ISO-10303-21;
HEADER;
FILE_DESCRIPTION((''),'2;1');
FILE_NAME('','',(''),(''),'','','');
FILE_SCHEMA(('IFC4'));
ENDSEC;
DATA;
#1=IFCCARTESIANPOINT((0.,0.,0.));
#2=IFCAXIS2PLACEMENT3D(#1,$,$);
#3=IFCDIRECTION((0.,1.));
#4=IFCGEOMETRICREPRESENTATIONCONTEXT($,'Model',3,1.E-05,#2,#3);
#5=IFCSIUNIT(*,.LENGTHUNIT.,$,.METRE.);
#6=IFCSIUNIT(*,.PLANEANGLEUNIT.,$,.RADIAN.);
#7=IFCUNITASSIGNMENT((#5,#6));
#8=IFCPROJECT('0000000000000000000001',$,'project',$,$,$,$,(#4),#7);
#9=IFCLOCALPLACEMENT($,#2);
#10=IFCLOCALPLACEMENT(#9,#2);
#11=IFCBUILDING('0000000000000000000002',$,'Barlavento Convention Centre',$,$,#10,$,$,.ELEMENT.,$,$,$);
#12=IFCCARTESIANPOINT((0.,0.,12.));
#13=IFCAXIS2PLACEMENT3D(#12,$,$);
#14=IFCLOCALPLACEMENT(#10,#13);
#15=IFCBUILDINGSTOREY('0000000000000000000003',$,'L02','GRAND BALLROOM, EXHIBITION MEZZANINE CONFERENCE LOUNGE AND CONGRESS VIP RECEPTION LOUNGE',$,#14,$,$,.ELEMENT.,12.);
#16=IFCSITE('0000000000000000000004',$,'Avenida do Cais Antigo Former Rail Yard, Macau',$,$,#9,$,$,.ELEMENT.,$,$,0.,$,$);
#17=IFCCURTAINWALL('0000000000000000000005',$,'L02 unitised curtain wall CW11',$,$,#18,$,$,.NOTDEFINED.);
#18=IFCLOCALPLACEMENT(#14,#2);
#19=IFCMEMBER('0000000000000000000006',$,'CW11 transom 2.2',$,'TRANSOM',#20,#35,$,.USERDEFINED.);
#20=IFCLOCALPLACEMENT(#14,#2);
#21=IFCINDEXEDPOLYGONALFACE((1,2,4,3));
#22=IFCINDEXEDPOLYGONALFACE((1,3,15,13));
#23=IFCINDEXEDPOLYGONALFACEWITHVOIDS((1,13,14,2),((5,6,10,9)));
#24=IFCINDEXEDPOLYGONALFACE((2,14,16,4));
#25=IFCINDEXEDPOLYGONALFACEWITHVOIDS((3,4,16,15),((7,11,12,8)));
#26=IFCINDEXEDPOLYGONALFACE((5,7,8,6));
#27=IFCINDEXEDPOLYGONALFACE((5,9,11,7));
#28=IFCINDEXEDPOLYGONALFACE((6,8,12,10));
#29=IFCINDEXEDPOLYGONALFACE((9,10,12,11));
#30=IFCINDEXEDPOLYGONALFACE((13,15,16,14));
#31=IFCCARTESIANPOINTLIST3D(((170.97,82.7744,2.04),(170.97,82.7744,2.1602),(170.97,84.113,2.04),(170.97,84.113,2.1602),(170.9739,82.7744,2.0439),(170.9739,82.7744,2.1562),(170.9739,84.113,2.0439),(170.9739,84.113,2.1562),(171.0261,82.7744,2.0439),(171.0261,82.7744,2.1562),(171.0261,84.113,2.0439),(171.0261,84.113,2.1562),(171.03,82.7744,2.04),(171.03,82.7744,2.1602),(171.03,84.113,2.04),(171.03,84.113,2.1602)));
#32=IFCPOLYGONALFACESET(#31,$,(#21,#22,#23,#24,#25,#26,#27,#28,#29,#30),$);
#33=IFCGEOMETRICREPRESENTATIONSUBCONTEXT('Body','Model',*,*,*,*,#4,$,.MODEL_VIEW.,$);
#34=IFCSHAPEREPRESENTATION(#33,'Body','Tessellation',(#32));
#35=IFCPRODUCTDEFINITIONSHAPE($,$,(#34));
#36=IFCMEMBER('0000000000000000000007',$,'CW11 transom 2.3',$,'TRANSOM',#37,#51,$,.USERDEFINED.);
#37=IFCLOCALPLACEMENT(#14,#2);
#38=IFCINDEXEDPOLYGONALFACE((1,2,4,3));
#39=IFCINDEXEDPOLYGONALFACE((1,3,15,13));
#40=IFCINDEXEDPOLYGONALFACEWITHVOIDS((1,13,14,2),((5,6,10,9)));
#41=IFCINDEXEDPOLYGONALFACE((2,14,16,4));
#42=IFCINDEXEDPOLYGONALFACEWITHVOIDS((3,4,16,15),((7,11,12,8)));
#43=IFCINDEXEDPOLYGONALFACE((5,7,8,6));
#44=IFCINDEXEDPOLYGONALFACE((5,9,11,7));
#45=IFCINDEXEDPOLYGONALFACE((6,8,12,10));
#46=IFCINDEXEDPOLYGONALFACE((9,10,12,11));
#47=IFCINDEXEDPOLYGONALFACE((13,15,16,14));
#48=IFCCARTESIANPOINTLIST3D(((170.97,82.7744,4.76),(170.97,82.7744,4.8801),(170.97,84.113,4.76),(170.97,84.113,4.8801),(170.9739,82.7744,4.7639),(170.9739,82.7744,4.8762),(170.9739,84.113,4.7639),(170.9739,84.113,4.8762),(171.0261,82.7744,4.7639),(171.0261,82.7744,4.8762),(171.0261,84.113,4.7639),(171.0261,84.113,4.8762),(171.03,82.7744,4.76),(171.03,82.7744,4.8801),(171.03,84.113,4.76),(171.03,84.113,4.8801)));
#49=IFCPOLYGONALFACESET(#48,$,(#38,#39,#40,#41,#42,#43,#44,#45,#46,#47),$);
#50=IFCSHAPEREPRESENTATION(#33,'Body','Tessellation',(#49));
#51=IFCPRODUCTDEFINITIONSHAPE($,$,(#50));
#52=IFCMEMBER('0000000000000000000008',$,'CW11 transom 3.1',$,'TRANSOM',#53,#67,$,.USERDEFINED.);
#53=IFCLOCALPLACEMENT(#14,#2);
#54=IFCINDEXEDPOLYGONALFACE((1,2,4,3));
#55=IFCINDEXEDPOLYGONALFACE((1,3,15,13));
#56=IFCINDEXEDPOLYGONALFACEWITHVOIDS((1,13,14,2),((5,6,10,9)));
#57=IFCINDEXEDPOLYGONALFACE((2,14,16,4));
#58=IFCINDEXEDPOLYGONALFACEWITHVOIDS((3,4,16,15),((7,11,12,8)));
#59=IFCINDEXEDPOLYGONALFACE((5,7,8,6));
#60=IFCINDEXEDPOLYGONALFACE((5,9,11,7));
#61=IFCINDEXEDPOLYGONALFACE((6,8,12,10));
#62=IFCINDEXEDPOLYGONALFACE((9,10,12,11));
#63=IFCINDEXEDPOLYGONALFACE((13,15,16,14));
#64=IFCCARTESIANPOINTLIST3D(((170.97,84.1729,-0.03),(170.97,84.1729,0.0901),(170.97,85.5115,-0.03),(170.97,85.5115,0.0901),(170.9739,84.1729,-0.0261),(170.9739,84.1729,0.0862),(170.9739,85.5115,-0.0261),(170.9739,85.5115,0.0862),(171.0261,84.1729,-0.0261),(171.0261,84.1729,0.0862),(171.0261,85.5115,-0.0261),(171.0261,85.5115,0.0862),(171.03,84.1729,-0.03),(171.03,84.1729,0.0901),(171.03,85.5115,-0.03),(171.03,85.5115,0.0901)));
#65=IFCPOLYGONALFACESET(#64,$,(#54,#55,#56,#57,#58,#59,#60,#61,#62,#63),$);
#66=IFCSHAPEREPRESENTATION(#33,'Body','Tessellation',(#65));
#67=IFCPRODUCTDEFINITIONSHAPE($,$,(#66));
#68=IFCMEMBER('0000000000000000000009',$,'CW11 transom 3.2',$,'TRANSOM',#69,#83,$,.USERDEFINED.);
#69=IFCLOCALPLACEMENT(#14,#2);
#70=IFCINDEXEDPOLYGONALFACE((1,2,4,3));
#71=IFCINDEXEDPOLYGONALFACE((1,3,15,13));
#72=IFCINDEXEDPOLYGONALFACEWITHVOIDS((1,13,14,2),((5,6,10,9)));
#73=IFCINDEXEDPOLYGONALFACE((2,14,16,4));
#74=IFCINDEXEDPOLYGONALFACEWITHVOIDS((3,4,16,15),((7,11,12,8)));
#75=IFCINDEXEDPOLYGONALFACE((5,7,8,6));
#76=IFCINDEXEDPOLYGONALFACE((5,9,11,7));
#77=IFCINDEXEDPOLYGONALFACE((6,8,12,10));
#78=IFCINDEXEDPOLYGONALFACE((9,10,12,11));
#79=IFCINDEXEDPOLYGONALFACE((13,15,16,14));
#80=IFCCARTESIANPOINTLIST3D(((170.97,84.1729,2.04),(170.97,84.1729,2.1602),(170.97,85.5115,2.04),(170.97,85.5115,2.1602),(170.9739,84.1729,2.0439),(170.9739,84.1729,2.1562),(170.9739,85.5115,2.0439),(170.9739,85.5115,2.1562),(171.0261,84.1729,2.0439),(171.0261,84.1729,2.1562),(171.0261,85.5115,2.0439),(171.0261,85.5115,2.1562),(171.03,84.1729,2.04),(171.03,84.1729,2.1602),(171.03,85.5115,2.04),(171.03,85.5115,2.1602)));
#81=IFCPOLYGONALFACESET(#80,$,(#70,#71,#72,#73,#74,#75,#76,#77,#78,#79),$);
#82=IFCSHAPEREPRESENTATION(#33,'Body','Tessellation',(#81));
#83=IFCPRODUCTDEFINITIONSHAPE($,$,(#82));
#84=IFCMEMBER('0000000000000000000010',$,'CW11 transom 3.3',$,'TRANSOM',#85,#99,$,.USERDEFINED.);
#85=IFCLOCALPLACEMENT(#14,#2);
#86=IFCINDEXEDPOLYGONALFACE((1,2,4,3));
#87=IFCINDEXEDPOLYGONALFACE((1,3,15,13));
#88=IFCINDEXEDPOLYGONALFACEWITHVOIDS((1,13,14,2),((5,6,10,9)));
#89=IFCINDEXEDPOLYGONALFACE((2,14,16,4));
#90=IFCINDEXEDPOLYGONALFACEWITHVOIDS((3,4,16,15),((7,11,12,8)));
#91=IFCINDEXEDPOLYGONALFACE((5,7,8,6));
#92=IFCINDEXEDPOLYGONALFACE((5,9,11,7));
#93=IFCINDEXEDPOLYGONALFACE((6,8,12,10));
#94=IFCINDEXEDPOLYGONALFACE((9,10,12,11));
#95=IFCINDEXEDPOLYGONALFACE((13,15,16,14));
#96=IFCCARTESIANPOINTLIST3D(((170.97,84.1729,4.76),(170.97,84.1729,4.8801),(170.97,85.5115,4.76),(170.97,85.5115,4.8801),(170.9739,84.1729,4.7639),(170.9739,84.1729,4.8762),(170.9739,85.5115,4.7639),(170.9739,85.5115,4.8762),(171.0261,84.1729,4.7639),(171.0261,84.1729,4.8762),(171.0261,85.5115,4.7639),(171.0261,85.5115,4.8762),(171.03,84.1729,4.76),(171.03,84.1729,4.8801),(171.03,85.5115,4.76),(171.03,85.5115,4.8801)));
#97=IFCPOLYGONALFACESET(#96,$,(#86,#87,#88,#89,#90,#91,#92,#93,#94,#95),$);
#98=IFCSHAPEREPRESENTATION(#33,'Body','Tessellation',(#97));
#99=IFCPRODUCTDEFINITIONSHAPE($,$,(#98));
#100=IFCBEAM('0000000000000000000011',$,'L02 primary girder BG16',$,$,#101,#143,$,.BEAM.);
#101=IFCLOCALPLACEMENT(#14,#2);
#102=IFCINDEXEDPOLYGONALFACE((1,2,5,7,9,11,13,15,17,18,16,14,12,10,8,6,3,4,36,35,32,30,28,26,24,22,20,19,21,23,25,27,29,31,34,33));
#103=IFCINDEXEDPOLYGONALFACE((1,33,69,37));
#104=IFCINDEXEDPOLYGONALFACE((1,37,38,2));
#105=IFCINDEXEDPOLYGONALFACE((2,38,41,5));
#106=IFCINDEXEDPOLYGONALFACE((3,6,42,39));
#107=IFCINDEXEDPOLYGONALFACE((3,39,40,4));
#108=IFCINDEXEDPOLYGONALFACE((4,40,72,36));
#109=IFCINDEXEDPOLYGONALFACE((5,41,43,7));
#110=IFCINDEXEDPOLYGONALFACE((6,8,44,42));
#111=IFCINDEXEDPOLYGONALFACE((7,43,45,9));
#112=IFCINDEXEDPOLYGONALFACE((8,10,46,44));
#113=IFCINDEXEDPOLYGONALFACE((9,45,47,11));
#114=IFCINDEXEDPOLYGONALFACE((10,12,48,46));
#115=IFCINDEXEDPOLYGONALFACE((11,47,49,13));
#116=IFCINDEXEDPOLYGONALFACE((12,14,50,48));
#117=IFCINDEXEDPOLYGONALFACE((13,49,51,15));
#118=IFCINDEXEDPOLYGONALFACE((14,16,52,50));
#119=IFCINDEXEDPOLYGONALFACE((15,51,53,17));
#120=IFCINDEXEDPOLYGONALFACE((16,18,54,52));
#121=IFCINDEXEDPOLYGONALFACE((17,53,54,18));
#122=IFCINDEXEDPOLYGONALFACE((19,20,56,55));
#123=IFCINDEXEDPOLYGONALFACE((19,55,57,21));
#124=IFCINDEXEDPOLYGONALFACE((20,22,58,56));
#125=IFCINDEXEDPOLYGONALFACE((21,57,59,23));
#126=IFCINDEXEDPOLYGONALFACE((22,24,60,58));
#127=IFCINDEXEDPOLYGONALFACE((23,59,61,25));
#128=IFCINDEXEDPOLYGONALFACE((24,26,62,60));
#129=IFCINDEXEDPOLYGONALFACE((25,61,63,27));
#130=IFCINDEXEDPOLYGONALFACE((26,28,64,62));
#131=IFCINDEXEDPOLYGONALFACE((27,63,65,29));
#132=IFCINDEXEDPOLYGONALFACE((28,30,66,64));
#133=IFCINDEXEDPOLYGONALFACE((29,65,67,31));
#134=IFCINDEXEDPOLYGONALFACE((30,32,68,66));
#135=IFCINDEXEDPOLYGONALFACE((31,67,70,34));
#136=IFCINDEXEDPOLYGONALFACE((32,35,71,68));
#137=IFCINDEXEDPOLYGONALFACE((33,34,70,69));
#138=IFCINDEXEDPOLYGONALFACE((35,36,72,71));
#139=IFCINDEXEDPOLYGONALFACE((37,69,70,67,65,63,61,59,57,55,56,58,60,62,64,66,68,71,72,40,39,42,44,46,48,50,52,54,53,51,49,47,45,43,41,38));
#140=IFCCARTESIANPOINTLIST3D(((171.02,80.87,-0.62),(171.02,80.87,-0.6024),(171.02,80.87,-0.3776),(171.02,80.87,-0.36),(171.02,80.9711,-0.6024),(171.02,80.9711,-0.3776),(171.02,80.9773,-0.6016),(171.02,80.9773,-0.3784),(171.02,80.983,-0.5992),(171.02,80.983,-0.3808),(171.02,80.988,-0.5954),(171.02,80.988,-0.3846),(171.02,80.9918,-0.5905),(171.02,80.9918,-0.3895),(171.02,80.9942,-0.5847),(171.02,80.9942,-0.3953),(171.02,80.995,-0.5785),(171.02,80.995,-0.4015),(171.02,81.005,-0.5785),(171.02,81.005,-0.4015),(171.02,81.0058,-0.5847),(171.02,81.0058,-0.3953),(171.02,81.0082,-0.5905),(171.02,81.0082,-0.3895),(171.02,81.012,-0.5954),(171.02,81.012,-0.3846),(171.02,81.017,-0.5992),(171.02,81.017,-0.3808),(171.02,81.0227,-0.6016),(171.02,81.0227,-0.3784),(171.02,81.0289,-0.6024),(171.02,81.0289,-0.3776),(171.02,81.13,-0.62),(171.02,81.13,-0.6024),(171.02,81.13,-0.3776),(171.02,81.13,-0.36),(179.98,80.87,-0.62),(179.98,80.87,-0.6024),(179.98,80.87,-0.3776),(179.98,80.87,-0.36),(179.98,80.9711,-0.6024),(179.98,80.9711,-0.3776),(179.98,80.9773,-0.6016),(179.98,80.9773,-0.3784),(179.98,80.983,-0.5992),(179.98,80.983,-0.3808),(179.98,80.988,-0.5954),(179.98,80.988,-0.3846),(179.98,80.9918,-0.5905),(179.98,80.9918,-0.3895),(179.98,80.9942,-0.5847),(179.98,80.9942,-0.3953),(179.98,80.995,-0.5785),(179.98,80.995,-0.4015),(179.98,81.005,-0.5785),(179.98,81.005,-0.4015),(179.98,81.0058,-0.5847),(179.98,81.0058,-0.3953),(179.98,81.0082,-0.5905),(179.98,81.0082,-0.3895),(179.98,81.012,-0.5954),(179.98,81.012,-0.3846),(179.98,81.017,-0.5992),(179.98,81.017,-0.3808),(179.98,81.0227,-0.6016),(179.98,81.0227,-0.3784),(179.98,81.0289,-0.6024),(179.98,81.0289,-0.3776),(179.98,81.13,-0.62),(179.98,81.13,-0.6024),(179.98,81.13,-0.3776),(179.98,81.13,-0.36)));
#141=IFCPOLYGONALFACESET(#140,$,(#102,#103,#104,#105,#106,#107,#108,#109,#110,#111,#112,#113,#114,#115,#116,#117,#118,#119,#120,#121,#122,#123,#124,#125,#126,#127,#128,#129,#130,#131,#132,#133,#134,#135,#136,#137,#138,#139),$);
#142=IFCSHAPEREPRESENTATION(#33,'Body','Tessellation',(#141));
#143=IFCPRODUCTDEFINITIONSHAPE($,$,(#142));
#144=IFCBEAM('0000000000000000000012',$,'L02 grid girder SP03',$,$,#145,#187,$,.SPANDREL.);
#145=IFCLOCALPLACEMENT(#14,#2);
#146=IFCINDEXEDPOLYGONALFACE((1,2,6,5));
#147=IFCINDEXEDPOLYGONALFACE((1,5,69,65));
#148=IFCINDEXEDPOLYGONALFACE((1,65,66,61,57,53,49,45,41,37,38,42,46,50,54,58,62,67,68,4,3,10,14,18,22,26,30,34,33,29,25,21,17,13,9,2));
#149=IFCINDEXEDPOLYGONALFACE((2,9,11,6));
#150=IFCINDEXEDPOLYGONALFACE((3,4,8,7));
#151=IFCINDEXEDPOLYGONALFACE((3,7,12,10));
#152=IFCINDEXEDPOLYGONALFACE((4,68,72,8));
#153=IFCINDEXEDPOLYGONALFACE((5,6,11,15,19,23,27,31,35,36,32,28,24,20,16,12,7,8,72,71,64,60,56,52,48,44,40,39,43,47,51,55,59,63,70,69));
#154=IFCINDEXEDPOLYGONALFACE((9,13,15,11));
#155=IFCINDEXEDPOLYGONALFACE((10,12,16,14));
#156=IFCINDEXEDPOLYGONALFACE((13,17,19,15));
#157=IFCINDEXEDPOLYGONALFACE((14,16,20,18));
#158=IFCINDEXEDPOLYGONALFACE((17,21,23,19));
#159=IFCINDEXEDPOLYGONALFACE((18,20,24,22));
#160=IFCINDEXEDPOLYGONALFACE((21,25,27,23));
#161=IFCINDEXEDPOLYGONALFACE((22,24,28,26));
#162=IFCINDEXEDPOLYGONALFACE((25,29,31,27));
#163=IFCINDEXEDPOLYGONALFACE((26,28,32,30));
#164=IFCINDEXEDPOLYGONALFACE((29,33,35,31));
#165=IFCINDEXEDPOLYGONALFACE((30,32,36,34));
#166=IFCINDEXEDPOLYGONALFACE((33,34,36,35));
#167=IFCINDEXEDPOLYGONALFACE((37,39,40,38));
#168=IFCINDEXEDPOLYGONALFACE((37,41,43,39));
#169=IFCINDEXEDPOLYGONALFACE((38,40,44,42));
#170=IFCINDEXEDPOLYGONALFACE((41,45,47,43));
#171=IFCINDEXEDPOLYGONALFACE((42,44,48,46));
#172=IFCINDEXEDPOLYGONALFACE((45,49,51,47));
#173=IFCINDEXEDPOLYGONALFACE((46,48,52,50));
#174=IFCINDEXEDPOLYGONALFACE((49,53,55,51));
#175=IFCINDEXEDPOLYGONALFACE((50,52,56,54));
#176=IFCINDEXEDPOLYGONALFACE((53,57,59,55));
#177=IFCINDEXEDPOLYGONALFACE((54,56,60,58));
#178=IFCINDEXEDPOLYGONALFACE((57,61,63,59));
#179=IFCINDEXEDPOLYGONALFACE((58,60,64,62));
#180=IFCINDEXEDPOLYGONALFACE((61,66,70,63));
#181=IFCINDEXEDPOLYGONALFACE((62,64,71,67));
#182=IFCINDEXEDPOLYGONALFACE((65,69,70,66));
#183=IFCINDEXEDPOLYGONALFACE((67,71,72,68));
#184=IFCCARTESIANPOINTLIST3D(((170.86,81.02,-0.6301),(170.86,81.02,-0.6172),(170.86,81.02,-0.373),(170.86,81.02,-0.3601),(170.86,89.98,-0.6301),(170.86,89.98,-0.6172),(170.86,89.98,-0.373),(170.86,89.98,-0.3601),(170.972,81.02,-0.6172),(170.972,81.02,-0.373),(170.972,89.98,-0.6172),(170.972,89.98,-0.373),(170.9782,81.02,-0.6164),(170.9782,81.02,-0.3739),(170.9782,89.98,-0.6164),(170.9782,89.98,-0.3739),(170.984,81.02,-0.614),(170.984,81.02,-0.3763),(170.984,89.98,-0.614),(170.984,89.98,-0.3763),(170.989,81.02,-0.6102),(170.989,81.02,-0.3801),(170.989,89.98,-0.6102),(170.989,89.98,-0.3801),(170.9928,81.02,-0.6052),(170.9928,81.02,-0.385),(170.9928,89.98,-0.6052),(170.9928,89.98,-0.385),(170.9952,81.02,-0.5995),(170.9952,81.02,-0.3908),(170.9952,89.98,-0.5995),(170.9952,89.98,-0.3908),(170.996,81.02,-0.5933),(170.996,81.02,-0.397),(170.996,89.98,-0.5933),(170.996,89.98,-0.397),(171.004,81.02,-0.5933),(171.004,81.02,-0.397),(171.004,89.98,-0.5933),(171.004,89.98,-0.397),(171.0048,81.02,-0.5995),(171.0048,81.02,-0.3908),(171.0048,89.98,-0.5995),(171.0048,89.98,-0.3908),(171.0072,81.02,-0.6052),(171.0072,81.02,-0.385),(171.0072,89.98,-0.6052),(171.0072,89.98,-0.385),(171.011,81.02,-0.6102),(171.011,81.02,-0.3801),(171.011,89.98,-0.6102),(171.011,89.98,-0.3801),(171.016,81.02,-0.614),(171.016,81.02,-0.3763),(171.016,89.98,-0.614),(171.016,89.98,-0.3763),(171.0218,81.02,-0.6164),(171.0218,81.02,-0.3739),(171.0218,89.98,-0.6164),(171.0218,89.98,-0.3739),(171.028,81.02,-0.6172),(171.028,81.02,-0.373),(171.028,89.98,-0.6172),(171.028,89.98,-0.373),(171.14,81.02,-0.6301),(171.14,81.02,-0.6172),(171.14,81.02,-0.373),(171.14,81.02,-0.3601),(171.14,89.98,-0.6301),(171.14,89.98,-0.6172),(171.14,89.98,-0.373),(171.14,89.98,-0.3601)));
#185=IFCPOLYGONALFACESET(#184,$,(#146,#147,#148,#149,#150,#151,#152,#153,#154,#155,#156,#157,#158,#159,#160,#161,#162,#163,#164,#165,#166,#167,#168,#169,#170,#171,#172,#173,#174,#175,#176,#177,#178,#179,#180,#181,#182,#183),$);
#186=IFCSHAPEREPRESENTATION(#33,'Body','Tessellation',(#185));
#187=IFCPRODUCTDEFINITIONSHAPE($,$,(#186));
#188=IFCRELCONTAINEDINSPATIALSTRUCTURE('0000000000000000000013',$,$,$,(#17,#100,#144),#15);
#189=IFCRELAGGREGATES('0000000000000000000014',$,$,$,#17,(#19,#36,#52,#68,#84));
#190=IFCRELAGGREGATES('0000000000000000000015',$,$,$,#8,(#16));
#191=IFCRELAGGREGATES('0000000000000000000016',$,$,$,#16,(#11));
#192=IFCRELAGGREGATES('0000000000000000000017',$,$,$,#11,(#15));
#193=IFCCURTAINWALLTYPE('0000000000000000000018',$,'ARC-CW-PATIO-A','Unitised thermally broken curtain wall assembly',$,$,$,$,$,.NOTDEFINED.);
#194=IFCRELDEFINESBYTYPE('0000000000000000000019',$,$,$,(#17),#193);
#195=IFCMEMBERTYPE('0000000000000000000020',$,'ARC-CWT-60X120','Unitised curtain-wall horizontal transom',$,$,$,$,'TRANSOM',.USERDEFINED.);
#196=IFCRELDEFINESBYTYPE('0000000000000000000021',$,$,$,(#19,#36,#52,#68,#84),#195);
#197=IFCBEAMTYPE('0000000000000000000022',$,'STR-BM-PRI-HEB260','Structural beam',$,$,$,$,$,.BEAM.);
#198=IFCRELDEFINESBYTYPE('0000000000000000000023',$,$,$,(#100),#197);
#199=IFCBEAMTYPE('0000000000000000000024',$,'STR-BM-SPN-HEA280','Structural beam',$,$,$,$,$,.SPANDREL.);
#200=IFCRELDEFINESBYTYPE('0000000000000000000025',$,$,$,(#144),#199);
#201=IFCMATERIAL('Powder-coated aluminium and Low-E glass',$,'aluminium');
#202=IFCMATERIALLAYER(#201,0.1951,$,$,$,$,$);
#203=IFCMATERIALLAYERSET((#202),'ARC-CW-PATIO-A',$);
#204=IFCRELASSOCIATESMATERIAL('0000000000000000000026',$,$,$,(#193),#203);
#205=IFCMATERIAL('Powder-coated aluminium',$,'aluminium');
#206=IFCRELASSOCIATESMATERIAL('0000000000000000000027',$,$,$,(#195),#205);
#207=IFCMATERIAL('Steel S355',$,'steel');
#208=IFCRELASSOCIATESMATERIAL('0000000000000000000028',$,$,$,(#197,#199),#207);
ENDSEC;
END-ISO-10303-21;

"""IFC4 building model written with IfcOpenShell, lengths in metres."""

from ifc_helpers import new_model, si_unit, direction, frame, origin, origin_2d, place, context, subcontext, project, spatial, hollow_rectangle, i_section, extrude, material, layer, layer_set, material_profile, profile_set, type_object, element, aggregate, save


model = new_model("IFC4")

# Units and contexts
model_context = context("Model", 3, precision=1e-05, world=origin(), true_north=direction((0.0, 1.0)))
body_context = subcontext(model_context, "Body", "Model", "MODEL_VIEW")
ifc_project = project(units=[si_unit("LENGTHUNIT", "METRE"), si_unit("PLANEANGLEUNIT", "RADIAN")], contexts=[model_context])

# Site, building, storey
site_placement = place(None, origin())
site = spatial("IfcSite", under=ifc_project, at=site_placement, Name="Avenida do Cais Antigo Former Rail Yard, Macau", CompositionType="ELEMENT", RefElevation=0.0)
building_placement = place(site_placement, origin())
building = spatial("IfcBuilding", under=site, at=building_placement, Name="Barlavento Convention Centre", CompositionType="ELEMENT")
storey_placement = place(building_placement, frame((0.0, 0.0, 12.0)))
storey = spatial("IfcBuildingStorey", under=building, at=storey_placement, Name="L02", Description="GRAND BALLROOM, EXHIBITION MEZZANINE CONFERENCE LOUNGE AND CONGRESS VIP RECEPTION LOUNGE", CompositionType="ELEMENT", Elevation=12.0)

# Shared definitions
ifc_material_1 = material(Name="Steel S355", Category="steel")

# Shared definitions
ifc_material_2 = material(Name="Powder-coated aluminium and Low-E glass", Category="aluminium")
ifc_layer_1 = layer(ifc_material_2, 0.1951)
ifc_layer_set_1 = layer_set([ifc_layer_1], Name="ARC-CW-PATIO-A")
curtain_wall_type = type_object("IfcCurtainWallType", Name="ARC-CW-PATIO-A", Description="Unitised thermally broken curtain wall assembly", PredefinedType="NOTDEFINED", material=ifc_layer_set_1)
ifc_material_3 = material(Name="Powder-coated aluminium", Category="aluminium")

# Curtain wall, members
curtain_wall_1_placement = place(storey_placement, origin())
curtain_wall_1 = element("IfcCurtainWall", 1, at=curtain_wall_1_placement, inside=storey, type_object=curtain_wall_type, Name="L02 unitised curtain wall CW11", PredefinedType="NOTDEFINED")
ifc_material_profile_1 = material_profile(ifc_material_3, hollow_rectangle(XDim=0.0601, YDim=0.1201, WallThickness=0.0039, at=origin_2d()), Name="AL-TRAN 60x120x4")
ifc_profile_set_1 = profile_set([ifc_material_profile_1], Name="Powder-coated aluminium")
member_type_1 = type_object("IfcMemberType", Name="ARC-CWT-60X120", Description="Unitised curtain-wall horizontal transom", ElementType="TRANSOM", PredefinedType="USERDEFINED", material=ifc_profile_set_1)
member_1_placement = place(storey_placement, frame((171.0, 82.7744, 2.1001), z_axis=(0.0, 1.0, 0.0), x_axis=(-1.0, 0.0, 0.0)))
member_1 = element("IfcMember", 2, at=member_1_placement, type_object=member_type_1, Name="CW11 transom 2.2", ObjectType="TRANSOM", PredefinedType="USERDEFINED", context=body_context, shape_type="SweptSolid", body=[
    extrude(hollow_rectangle(XDim=0.0601, YDim=0.1201, WallThickness=0.0039, at=origin_2d()), origin(), (0.0, 0.0, 1.0), 1.3386),
])
member_2_placement = place(storey_placement, frame((171.0, 82.7744, 4.8201), z_axis=(0.0, 1.0, 0.0), x_axis=(-1.0, 0.0, 0.0)))
member_2 = element("IfcMember", 3, at=member_2_placement, type_object=member_type_1, Name="CW11 transom 2.3", ObjectType="TRANSOM", PredefinedType="USERDEFINED", context=body_context, shape_type="SweptSolid", body=[
    extrude(hollow_rectangle(XDim=0.0601, YDim=0.1201, WallThickness=0.0039, at=origin_2d()), origin(), (0.0, 0.0, 1.0), 1.3386),
])
member_3_placement = place(storey_placement, frame((171.0, 84.1729, 0.03), z_axis=(0.0, 1.0, 0.0), x_axis=(-1.0, 0.0, 0.0)))
member_3 = element("IfcMember", 4, at=member_3_placement, type_object=member_type_1, Name="CW11 transom 3.1", ObjectType="TRANSOM", PredefinedType="USERDEFINED", context=body_context, shape_type="SweptSolid", body=[
    extrude(hollow_rectangle(XDim=0.0601, YDim=0.1201, WallThickness=0.0039, at=origin_2d()), origin(), (0.0, 0.0, 1.0), 1.3386),
])
member_4_placement = place(storey_placement, frame((171.0, 84.1729, 2.1001), z_axis=(0.0, 1.0, 0.0), x_axis=(-1.0, 0.0, 0.0)))
member_4 = element("IfcMember", 5, at=member_4_placement, type_object=member_type_1, Name="CW11 transom 3.2", ObjectType="TRANSOM", PredefinedType="USERDEFINED", context=body_context, shape_type="SweptSolid", body=[
    extrude(hollow_rectangle(XDim=0.0601, YDim=0.1201, WallThickness=0.0039, at=origin_2d()), origin(), (0.0, 0.0, 1.0), 1.3386),
])
member_5_placement = place(storey_placement, frame((171.0, 84.1729, 4.8201), z_axis=(0.0, 1.0, 0.0), x_axis=(-1.0, 0.0, 0.0)))
member_5 = element("IfcMember", 6, at=member_5_placement, type_object=member_type_1, Name="CW11 transom 3.3", ObjectType="TRANSOM", PredefinedType="USERDEFINED", context=body_context, shape_type="SweptSolid", body=[
    extrude(hollow_rectangle(XDim=0.0601, YDim=0.1201, WallThickness=0.0039, at=origin_2d()), origin(), (0.0, 0.0, 1.0), 1.3386),
])

# Beams
ifc_material_profile_2 = material_profile(ifc_material_1, i_section(OverallWidth=0.26, OverallDepth=0.26, WebThickness=0.01, FlangeThickness=0.0176, FilletRadius=0.0239, at=origin_2d()), Name="HEB 260")
ifc_profile_set_2 = profile_set([ifc_material_profile_2], Name="Steel S355")
beam_type_1 = type_object("IfcBeamType", Name="STR-BM-PRI-HEB260", Description="Structural beam", PredefinedType="BEAM", material=ifc_profile_set_2)
beam_1_placement = place(storey_placement, frame((171.02, 81.0, -0.49), z_axis=(1.0, 0.0, 0.0), x_axis=(0.0, 1.0, 0.0)))
element("IfcBeam", 7, at=beam_1_placement, inside=storey, type_object=beam_type_1, Name="L02 primary girder BG16", PredefinedType="BEAM", context=body_context, shape_type="SweptSolid", body=[
    extrude(i_section(OverallWidth=0.26, OverallDepth=0.26, WebThickness=0.01, FlangeThickness=0.0176, FilletRadius=0.0239, at=origin_2d()), origin(), (0.0, 0.0, 1.0), 8.96),
])
ifc_material_profile_3 = material_profile(ifc_material_1, i_section(OverallWidth=0.28, OverallDepth=0.27, WebThickness=0.0081, FlangeThickness=0.0129, FilletRadius=0.0239, at=origin_2d()), Name="HEA 280")
ifc_profile_set_3 = profile_set([ifc_material_profile_3], Name="Steel S355")
beam_type_2 = type_object("IfcBeamType", Name="STR-BM-SPN-HEA280", Description="Structural beam", PredefinedType="SPANDREL", material=ifc_profile_set_3)
beam_2_placement = place(storey_placement, frame((171.0, 81.02, -0.4951), z_axis=(0.0, 1.0, 0.0), x_axis=(-1.0, 0.0, 0.0)))
element("IfcBeam", 8, at=beam_2_placement, inside=storey, type_object=beam_type_2, Name="L02 grid girder SP03", PredefinedType="SPANDREL", context=body_context, shape_type="SweptSolid", body=[
    extrude(i_section(OverallWidth=0.28, OverallDepth=0.27, WebThickness=0.0081, FlangeThickness=0.0129, FilletRadius=0.0239, at=origin_2d()), origin(), (0.0, 0.0, 1.0), 8.96),
])

aggregate(curtain_wall_1, [member_1, member_2, member_3, member_4, member_5])

save(model, "model.ifc")
